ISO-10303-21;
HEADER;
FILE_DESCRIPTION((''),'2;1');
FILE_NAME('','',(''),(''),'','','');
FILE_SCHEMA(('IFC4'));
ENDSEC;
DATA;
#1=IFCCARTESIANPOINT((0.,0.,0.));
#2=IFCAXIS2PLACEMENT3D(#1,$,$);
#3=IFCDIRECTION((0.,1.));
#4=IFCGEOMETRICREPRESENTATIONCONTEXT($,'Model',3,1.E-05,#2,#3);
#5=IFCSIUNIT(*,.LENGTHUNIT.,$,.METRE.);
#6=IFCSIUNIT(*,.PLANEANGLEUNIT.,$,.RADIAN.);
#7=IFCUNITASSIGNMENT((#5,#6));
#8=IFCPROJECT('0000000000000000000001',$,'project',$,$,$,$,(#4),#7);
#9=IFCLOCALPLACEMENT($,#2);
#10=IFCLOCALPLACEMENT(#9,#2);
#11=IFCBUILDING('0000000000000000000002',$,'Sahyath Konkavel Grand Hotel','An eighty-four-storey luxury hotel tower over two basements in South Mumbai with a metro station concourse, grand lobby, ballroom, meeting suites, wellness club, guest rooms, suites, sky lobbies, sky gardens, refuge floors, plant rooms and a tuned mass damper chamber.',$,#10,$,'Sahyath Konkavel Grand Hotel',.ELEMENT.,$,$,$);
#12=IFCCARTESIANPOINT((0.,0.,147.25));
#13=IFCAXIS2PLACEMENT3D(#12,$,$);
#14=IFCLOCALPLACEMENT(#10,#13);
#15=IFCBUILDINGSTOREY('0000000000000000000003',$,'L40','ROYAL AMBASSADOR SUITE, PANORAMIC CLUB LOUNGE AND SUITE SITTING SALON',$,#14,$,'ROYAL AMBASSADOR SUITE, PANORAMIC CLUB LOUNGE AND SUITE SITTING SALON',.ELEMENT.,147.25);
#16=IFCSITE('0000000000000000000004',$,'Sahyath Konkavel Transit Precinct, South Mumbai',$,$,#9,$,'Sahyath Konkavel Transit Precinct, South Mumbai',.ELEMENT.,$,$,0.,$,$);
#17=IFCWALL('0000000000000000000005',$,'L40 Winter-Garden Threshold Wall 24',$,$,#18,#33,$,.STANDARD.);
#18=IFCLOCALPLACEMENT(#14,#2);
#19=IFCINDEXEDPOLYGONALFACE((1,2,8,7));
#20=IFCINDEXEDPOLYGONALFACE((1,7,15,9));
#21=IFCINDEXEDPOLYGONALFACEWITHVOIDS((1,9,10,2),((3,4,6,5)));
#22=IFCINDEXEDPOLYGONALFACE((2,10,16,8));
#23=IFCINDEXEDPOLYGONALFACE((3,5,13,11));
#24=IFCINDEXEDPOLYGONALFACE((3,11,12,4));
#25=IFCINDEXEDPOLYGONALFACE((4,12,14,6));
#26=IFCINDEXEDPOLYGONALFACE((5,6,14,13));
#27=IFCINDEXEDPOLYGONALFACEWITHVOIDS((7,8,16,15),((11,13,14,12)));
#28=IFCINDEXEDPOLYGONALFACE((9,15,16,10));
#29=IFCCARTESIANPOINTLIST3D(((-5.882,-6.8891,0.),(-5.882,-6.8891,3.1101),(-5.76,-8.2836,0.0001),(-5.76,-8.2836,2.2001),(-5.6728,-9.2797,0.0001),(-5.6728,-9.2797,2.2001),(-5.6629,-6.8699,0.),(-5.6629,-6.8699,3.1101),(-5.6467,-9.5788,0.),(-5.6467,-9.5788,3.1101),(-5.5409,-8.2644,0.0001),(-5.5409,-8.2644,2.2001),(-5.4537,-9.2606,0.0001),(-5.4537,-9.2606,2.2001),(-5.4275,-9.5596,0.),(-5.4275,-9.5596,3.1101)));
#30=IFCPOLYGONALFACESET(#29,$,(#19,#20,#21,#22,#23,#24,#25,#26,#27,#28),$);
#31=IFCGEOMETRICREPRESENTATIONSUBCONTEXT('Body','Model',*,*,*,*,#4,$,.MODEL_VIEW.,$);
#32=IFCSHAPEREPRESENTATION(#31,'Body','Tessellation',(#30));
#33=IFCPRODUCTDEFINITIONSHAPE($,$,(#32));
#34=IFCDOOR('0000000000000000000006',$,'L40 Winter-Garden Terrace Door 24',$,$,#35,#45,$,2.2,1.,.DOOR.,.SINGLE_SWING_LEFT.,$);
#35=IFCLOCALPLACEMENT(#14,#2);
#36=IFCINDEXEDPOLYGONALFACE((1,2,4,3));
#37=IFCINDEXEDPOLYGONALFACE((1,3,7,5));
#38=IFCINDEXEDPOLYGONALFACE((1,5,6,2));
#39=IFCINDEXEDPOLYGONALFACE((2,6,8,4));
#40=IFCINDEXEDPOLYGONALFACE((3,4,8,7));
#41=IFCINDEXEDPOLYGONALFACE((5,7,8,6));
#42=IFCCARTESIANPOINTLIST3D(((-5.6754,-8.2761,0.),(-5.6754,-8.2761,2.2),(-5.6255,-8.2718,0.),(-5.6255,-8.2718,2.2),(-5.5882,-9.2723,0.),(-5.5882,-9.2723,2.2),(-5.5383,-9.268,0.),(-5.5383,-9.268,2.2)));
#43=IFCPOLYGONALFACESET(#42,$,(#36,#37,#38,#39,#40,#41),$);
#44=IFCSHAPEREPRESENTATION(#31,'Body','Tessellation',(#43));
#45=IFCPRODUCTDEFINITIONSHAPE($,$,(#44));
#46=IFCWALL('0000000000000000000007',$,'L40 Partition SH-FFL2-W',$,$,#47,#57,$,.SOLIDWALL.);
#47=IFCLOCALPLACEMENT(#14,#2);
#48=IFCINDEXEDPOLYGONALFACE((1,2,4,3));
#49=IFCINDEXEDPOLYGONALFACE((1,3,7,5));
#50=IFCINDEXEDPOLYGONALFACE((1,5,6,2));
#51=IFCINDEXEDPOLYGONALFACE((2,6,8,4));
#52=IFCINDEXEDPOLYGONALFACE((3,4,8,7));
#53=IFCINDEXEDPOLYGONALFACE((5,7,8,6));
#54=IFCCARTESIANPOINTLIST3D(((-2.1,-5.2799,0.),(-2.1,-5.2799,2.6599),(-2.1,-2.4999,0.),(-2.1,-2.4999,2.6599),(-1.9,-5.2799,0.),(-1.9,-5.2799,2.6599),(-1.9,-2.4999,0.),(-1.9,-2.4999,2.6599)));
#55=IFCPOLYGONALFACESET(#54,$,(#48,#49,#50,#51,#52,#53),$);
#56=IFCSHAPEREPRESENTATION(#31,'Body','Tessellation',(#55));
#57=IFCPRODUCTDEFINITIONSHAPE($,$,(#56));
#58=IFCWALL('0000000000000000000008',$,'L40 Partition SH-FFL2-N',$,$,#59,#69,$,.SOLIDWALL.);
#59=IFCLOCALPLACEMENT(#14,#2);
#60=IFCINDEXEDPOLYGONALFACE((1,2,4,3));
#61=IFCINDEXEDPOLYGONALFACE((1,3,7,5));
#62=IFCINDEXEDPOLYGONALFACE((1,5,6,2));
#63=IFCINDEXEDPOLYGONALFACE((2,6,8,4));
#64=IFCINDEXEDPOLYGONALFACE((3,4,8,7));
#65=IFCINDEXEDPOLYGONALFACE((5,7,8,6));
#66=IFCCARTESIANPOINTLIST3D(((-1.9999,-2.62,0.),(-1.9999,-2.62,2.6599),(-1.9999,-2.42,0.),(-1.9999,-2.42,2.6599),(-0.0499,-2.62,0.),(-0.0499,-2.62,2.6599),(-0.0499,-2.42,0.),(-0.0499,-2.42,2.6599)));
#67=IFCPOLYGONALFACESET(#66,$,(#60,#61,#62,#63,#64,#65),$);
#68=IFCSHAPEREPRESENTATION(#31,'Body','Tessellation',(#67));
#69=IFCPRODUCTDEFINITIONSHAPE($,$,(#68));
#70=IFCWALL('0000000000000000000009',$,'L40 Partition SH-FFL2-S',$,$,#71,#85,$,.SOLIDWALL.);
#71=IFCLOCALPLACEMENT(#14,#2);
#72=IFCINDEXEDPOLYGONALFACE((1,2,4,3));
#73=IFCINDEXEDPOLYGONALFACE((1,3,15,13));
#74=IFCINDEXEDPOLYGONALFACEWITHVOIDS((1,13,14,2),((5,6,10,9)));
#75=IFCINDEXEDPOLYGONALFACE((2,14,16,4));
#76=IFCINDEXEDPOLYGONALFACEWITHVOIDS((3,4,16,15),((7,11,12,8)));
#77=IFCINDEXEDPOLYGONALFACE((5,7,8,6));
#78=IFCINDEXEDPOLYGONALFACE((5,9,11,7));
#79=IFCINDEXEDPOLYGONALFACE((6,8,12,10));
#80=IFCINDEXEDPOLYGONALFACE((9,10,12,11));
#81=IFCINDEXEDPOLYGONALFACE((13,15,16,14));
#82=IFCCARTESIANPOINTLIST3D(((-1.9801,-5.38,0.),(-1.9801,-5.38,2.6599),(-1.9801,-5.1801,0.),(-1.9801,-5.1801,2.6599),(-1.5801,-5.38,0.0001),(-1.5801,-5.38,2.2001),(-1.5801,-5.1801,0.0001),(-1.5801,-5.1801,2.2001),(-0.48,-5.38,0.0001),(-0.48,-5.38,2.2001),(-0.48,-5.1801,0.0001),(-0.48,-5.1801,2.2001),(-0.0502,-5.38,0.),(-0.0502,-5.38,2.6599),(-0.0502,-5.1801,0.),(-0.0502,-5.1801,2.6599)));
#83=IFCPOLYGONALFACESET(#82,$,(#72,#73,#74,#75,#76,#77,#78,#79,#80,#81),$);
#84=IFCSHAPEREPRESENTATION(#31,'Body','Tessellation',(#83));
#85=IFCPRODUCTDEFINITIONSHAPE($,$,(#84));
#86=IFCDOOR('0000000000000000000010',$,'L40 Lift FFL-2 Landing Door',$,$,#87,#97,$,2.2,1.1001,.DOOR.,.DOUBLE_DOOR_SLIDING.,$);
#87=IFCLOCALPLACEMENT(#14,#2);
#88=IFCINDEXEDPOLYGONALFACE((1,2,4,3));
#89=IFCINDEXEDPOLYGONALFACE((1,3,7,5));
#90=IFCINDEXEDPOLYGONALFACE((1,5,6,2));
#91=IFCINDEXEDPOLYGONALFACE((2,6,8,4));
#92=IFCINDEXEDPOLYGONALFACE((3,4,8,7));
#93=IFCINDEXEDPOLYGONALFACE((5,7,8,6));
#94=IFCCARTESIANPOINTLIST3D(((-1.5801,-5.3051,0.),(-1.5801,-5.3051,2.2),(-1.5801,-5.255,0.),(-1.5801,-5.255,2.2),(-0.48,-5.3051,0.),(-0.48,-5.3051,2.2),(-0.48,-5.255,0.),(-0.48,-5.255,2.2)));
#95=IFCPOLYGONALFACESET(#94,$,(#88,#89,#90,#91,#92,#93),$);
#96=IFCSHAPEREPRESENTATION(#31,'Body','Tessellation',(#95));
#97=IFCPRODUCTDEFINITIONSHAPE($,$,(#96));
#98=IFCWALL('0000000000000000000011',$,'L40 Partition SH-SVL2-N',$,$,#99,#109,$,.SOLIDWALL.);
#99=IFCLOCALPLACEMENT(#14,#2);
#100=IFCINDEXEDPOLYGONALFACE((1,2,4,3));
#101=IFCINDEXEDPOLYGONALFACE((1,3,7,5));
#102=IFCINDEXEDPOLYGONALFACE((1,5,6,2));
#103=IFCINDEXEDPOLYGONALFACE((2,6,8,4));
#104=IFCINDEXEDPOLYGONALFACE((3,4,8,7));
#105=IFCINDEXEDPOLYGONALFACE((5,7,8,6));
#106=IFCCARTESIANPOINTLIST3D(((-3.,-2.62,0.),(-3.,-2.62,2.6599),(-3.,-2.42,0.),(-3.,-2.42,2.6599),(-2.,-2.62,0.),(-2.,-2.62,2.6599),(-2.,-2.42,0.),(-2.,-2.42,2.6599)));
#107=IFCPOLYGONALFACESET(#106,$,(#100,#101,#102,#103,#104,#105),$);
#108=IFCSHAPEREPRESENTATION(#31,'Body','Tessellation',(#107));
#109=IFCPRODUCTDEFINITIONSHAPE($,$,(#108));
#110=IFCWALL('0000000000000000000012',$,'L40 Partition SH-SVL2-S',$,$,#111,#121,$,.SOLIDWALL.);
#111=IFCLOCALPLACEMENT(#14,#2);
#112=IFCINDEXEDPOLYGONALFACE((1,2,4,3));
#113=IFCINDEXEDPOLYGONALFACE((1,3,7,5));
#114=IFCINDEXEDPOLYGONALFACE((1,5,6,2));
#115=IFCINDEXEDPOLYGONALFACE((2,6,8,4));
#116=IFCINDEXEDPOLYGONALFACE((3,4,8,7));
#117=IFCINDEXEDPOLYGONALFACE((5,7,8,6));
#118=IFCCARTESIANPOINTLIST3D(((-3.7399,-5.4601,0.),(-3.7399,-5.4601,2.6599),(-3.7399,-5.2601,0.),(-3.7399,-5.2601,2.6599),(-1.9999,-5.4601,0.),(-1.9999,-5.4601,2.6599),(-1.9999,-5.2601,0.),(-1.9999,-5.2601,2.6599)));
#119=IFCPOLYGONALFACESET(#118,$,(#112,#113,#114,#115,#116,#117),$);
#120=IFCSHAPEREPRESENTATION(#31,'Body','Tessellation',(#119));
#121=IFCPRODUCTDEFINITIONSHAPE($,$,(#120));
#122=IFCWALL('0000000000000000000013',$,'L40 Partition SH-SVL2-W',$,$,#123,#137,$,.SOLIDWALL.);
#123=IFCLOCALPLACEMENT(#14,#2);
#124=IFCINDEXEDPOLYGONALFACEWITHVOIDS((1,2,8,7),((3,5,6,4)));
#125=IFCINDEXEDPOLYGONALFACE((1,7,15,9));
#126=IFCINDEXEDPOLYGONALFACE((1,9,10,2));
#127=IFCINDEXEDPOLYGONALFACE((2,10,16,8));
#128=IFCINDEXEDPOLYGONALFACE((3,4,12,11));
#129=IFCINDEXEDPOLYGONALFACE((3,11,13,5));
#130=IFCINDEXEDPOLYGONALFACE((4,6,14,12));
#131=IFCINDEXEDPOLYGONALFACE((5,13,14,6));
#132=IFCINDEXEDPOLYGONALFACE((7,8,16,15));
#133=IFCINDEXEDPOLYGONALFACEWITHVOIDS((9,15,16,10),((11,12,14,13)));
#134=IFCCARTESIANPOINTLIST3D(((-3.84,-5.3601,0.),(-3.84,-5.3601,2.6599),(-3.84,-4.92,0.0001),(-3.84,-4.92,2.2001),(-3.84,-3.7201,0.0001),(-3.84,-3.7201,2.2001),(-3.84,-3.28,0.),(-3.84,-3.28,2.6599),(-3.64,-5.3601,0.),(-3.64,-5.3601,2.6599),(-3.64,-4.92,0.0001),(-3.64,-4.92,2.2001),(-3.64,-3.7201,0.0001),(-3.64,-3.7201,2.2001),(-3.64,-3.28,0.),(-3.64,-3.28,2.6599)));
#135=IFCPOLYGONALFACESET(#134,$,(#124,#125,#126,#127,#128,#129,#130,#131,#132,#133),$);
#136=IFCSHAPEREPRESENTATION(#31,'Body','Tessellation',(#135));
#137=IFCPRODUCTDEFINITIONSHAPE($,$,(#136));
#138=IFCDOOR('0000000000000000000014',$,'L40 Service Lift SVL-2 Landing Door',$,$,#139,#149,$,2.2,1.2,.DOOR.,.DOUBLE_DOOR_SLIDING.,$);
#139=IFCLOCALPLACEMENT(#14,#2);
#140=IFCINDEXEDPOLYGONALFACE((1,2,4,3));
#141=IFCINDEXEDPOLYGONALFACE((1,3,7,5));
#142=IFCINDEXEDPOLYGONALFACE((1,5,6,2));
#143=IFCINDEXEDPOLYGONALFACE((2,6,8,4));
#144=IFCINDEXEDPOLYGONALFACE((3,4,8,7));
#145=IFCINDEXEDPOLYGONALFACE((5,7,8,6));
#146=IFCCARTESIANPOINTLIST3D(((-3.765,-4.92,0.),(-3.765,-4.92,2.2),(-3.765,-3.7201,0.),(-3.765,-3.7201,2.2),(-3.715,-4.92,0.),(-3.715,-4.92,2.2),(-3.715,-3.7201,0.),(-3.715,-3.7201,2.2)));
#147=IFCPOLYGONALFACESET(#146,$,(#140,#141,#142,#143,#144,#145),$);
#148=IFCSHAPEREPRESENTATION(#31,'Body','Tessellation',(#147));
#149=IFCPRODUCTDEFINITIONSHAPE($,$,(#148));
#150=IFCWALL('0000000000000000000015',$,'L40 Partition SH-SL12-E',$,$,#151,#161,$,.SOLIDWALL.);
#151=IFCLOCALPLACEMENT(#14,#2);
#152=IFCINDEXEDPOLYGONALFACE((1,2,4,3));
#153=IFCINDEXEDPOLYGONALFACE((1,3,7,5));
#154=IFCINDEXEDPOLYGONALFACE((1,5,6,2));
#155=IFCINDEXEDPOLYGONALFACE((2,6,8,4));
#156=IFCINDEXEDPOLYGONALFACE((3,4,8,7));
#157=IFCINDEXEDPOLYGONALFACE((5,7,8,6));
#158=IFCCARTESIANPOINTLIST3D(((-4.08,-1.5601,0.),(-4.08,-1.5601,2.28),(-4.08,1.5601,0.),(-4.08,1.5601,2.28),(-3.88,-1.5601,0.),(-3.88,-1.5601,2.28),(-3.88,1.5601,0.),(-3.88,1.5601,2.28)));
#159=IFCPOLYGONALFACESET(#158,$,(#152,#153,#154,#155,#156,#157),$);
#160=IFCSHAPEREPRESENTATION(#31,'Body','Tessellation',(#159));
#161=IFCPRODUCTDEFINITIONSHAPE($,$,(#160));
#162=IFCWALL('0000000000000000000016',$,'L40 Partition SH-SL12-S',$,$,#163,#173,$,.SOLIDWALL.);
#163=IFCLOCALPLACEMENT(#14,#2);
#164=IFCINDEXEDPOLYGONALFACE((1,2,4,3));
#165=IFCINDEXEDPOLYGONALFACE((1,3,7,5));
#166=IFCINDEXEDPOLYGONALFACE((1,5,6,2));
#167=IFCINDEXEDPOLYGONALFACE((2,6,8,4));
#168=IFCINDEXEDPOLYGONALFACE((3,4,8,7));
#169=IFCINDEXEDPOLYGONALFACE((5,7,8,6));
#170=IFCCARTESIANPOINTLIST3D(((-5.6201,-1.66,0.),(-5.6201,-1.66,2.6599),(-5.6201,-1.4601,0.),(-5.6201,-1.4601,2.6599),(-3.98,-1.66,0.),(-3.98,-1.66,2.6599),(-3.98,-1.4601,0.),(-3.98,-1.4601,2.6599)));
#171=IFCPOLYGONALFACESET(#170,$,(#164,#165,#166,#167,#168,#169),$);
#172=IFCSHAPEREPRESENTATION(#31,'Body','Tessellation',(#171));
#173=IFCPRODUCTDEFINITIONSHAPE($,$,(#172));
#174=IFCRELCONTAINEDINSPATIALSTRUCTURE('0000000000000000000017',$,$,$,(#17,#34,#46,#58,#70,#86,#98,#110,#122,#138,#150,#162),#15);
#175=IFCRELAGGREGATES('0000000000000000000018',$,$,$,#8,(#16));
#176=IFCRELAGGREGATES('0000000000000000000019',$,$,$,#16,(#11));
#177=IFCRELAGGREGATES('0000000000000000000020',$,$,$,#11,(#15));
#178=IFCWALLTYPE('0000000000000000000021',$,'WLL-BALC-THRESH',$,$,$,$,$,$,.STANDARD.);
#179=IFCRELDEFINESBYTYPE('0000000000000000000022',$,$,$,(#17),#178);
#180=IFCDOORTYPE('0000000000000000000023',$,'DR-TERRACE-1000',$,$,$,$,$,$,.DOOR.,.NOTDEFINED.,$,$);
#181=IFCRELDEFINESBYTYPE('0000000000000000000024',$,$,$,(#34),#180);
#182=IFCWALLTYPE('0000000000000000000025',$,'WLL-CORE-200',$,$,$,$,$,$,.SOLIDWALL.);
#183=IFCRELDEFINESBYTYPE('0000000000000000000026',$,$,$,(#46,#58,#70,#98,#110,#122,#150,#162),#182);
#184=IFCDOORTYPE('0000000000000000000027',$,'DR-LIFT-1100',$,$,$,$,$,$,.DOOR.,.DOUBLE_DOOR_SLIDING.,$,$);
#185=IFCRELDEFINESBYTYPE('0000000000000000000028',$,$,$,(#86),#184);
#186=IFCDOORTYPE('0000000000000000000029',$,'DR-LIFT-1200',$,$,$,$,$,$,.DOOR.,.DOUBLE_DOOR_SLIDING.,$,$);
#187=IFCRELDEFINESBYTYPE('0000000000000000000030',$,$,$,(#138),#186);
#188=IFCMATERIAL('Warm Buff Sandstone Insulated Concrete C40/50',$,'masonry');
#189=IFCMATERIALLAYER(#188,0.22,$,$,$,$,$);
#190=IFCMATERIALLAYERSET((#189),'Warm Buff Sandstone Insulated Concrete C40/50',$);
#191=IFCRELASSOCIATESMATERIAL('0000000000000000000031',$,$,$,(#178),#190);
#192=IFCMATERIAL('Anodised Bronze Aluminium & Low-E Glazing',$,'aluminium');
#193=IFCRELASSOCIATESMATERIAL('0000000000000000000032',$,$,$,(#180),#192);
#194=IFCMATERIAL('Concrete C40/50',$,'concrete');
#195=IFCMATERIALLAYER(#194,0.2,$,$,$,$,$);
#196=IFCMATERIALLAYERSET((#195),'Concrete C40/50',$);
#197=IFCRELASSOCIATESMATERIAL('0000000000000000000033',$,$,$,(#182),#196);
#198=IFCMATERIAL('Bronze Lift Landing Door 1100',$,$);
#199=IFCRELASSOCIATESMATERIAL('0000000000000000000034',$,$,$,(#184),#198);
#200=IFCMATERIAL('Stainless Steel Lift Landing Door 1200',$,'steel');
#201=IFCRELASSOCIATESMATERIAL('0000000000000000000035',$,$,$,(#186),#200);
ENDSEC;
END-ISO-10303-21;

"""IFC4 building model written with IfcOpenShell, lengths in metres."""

from ifc_helpers import new_model, si_unit, direction, frame, frame_2d, origin, origin_2d, place, context, subcontext, project, spatial, rectangle, extrude, source, transform, mapped, material, layer, layer_set, type_object, element, fill, save


model = new_model("IFC4")

# Units and contexts
model_context = context("Model", 3, precision=1e-05, world=origin(), true_north=direction((0.0, 1.0)))
body_context = subcontext(model_context, "Body", "Model", "MODEL_VIEW")
ifc_project = project(units=[si_unit("LENGTHUNIT", "METRE"), si_unit("PLANEANGLEUNIT", "RADIAN")], contexts=[model_context])

# Site, building, storey
site_placement = place(None, origin())
site = spatial("IfcSite", under=ifc_project, at=site_placement, Name="Sahyath Konkavel Transit Precinct, South Mumbai", LongName="Sahyath Konkavel Transit Precinct, South Mumbai", CompositionType="ELEMENT", RefElevation=0.0)
building_placement = place(site_placement, origin())
building = spatial("IfcBuilding", under=site, at=building_placement, Name="Sahyath Konkavel Grand Hotel", Description="An eighty-four-storey luxury hotel tower over two basements in South Mumbai with a metro station concourse, grand lobby, ballroom, meeting suites, wellness club, guest rooms, suites, sky lobbies, sky gardens, refuge floors, plant rooms and a tuned mass damper chamber.", LongName="Sahyath Konkavel Grand Hotel", CompositionType="ELEMENT")
storey_placement = place(building_placement, frame((0.0, 0.0, 147.25)))
storey = spatial("IfcBuildingStorey", under=building, at=storey_placement, Name="L40", Description="ROYAL AMBASSADOR SUITE, PANORAMIC CLUB LOUNGE AND SUITE SITTING SALON", LongName="ROYAL AMBASSADOR SUITE, PANORAMIC CLUB LOUNGE AND SUITE SITTING SALON", CompositionType="ELEMENT", Elevation=147.25)

# Shared definitions
ifc_material_1 = material(Name="Anodised Bronze Aluminium & Low-E Glazing", Category="aluminium")

# Wall, opening, door
ifc_material_2 = material(Name="Warm Buff Sandstone Insulated Concrete C40/50", Category="masonry")
ifc_layer_1 = layer(ifc_material_2, 0.22)
ifc_layer_set_1 = layer_set([ifc_layer_1], Name="Warm Buff Sandstone Insulated Concrete C40/50")
wall_type_1 = type_object("IfcWallType", Name="WLL-BALC-THRESH", PredefinedType="STANDARD", material=ifc_layer_set_1)
wall_1_placement = place(storey_placement, frame((-5.7725, -6.8794, 0.0), z_axis=(0.0, 0.0, 1.0), x_axis=(0.087168, -0.996194, 0.0)))
wall_1 = element("IfcWall", 1, at=wall_1_placement, inside=storey, type_object=wall_type_1, Name="L40 Winter-Garden Threshold Wall 24", PredefinedType="STANDARD", context=body_context, shape_type="SweptSolid", body=[
    extrude(rectangle(XDim=2.7, YDim=0.22, at=frame_2d((1.3501, 0.0))), origin(), (0.0, 0.0, 1.0), 3.1101),
])
opening_1_placement = place(wall_1_placement, frame((1.3999, 0.0, 0.0)))
opening_1 = element("IfcOpeningElement", 2, at=opening_1_placement, cuts=wall_1, PredefinedType="OPENING", context=body_context, shape_type="SweptSolid", body=[
    extrude(rectangle(XDim=1.0, YDim=2.2, at=frame_2d((0.5, 1.1001))), frame((0.0, 0.1201, 0.0), z_axis=(0.0, -1.0, 0.0), x_axis=(1.0, 0.0, 0.0)), (0.0, 0.0, 1.0), 0.24),
])
door_type_1 = type_object("IfcDoorType", Name="DR-TERRACE-1000", OperationType="NOTDEFINED", PredefinedType="DOOR", material=ifc_material_1)
shared_shape_1 = source(origin(), body_context, "Body", "SweptSolid", [
    extrude(rectangle(XDim=1.0, YDim=0.05, at=origin_2d()), origin(), (0.0, 0.0, 1.0), 2.2),
])
door_1_placement = place(opening_1_placement, frame((0.5, 0.0, 0.0)))
door_1 = element("IfcDoor", 3, at=door_1_placement, inside=storey, type_object=door_type_1, Name="L40 Winter-Garden Terrace Door 24", OperationType="SINGLE_SWING_LEFT", OverallHeight=2.2, OverallWidth=1.0, PredefinedType="DOOR", context=body_context, shape_type="MappedRepresentation", body=[
    mapped(shared_shape_1, transform((0.0, 0.0, 0.0), scale=1.0)),
])
fill(opening_1, door_1)

# Walls
ifc_material_3 = material(Name="Concrete C40/50", Category="concrete")
ifc_layer_2 = layer(ifc_material_3, 0.2)
ifc_layer_set_2 = layer_set([ifc_layer_2], Name="Concrete C40/50")
wall_type_2 = type_object("IfcWallType", Name="WLL-CORE-200", PredefinedType="SOLIDWALL", material=ifc_layer_set_2)
wall_2_placement = place(storey_placement, frame((-2.0, -5.28, 0.0), z_axis=(0.0, 0.0, 1.0), x_axis=(0.0, 1.0, 0.0)))
element("IfcWall", 4, at=wall_2_placement, inside=storey, type_object=wall_type_2, Name="L40 Partition SH-FFL2-W", PredefinedType="SOLIDWALL", context=body_context, shape_type="SweptSolid", body=[
    extrude(rectangle(XDim=2.78, YDim=0.2, at=frame_2d((1.3901, 0.0))), origin(), (0.0, 0.0, 1.0), 2.6599),
])
wall_3_placement = place(storey_placement, frame((-2.0, -2.52, 0.0), z_axis=(0.0, 0.0, 1.0), x_axis=(1.0, 0.0, 0.0)))
element("IfcWall", 5, at=wall_3_placement, inside=storey, type_object=wall_type_2, Name="L40 Partition SH-FFL2-N", PredefinedType="SOLIDWALL", context=body_context, shape_type="SweptSolid", body=[
    extrude(rectangle(XDim=1.95, YDim=0.2, at=frame_2d((0.9751, 0.0))), origin(), (0.0, 0.0, 1.0), 2.6599),
])

# Wall, opening, door
wall_4_placement = place(storey_placement, frame((-1.98, -5.28, 0.0), z_axis=(0.0, 0.0, 1.0), x_axis=(1.0, 0.0, 0.0)))
wall_4 = element("IfcWall", 6, at=wall_4_placement, inside=storey, type_object=wall_type_2, Name="L40 Partition SH-FFL2-S", PredefinedType="SOLIDWALL", context=body_context, shape_type="SweptSolid", body=[
    extrude(rectangle(XDim=1.9299, YDim=0.2, at=frame_2d((0.9648, 0.0))), origin(), (0.0, 0.0, 1.0), 2.6599),
])
opening_2_placement = place(wall_4_placement, frame((0.3999, 0.0, 0.0)))
opening_2 = element("IfcOpeningElement", 7, at=opening_2_placement, cuts=wall_4, PredefinedType="OPENING", context=body_context, shape_type="SweptSolid", body=[
    extrude(rectangle(XDim=1.1001, YDim=2.2, at=frame_2d((0.55, 1.1001))), frame((0.0, 0.1099, 0.0), z_axis=(0.0, -1.0, 0.0), x_axis=(1.0, 0.0, 0.0)), (0.0, 0.0, 1.0), 0.22),
])
ifc_material_4 = material(Name="Bronze Lift Landing Door 1100")
door_type_2 = type_object("IfcDoorType", Name="DR-LIFT-1100", OperationType="DOUBLE_DOOR_SLIDING", PredefinedType="DOOR", material=ifc_material_4)
shared_shape_2 = source(origin(), body_context, "Body", "SweptSolid", [
    extrude(rectangle(XDim=1.1001, YDim=0.05, at=origin_2d()), origin(), (0.0, 0.0, 1.0), 2.2),
])
door_2_placement = place(opening_2_placement, frame((0.55, 0.0, 0.0)))
door_2 = element("IfcDoor", 8, at=door_2_placement, inside=storey, type_object=door_type_2, Name="L40 Lift FFL-2 Landing Door", OperationType="DOUBLE_DOOR_SLIDING", OverallHeight=2.2, OverallWidth=1.1001, PredefinedType="DOOR", context=body_context, shape_type="MappedRepresentation", body=[
    mapped(shared_shape_2, transform((0.0, 0.0, 0.0), scale=1.0)),
])
fill(opening_2, door_2)

# Walls
wall_5_placement = place(storey_placement, frame((-3.0, -2.52, 0.0), z_axis=(0.0, 0.0, 1.0), x_axis=(1.0, 0.0, 0.0)))
element("IfcWall", 9, at=wall_5_placement, inside=storey, type_object=wall_type_2, Name="L40 Partition SH-SVL2-N", PredefinedType="SOLIDWALL", context=body_context, shape_type="SweptSolid", body=[
    extrude(rectangle(XDim=1.0, YDim=0.2, at=frame_2d((0.5, 0.0))), origin(), (0.0, 0.0, 1.0), 2.6599),
])
wall_6_placement = place(storey_placement, frame((-3.74, -5.3601, 0.0), z_axis=(0.0, 0.0, 1.0), x_axis=(1.0, 0.0, 0.0)))
element("IfcWall", 10, at=wall_6_placement, inside=storey, type_object=wall_type_2, Name="L40 Partition SH-SVL2-S", PredefinedType="SOLIDWALL", context=body_context, shape_type="SweptSolid", body=[
    extrude(rectangle(XDim=1.74, YDim=0.2, at=frame_2d((0.8701, 0.0))), origin(), (0.0, 0.0, 1.0), 2.6599),
])

# Wall, opening, door
wall_7_placement = place(storey_placement, frame((-3.74, -5.3601, 0.0), z_axis=(0.0, 0.0, 1.0), x_axis=(0.0, 1.0, 0.0)))
wall_7 = element("IfcWall", 11, at=wall_7_placement, inside=storey, type_object=wall_type_2, Name="L40 Partition SH-SVL2-W", PredefinedType="SOLIDWALL", context=body_context, shape_type="SweptSolid", body=[
    extrude(rectangle(XDim=2.0801, YDim=0.2, at=frame_2d((1.04, 0.0))), origin(), (0.0, 0.0, 1.0), 2.6599),
])
opening_3_placement = place(wall_7_placement, frame((0.4399, 0.0, 0.0)))
opening_3 = element("IfcOpeningElement", 12, at=opening_3_placement, cuts=wall_7, PredefinedType="OPENING", context=body_context, shape_type="SweptSolid", body=[
    extrude(rectangle(XDim=1.2, YDim=2.2, at=frame_2d((0.6001, 1.1001))), frame((0.0, 0.1099, 0.0), z_axis=(0.0, -1.0, 0.0), x_axis=(1.0, 0.0, 0.0)), (0.0, 0.0, 1.0), 0.22),
])
ifc_material_5 = material(Name="Stainless Steel Lift Landing Door 1200", Category="steel")
door_type_3 = type_object("IfcDoorType", Name="DR-LIFT-1200", OperationType="DOUBLE_DOOR_SLIDING", PredefinedType="DOOR", material=ifc_material_5)
shared_shape_3 = source(origin(), body_context, "Body", "SweptSolid", [
    extrude(rectangle(XDim=1.2, YDim=0.05, at=origin_2d()), origin(), (0.0, 0.0, 1.0), 2.2),
])
door_3_placement = place(opening_3_placement, frame((0.6001, 0.0, 0.0)))
door_3 = element("IfcDoor", 13, at=door_3_placement, inside=storey, type_object=door_type_3, Name="L40 Service Lift SVL-2 Landing Door", OperationType="DOUBLE_DOOR_SLIDING", OverallHeight=2.2, OverallWidth=1.2, PredefinedType="DOOR", context=body_context, shape_type="MappedRepresentation", body=[
    mapped(shared_shape_3, transform((0.0, 0.0, 0.0), scale=1.0)),
])
fill(opening_3, door_3)

# Walls
wall_8_placement = place(storey_placement, frame((-3.98, -1.5601, 0.0), z_axis=(0.0, 0.0, 1.0), x_axis=(0.0, 1.0, 0.0)))
element("IfcWall", 14, at=wall_8_placement, inside=storey, type_object=wall_type_2, Name="L40 Partition SH-SL12-E", PredefinedType="SOLIDWALL", context=body_context, shape_type="SweptSolid", body=[
    extrude(rectangle(XDim=3.1201, YDim=0.2, at=frame_2d((1.5601, 0.0))), origin(), (0.0, 0.0, 1.0), 2.28),
])
wall_9_placement = place(storey_placement, frame((-5.6201, -1.5601, 0.0), z_axis=(0.0, 0.0, 1.0), x_axis=(1.0, 0.0, 0.0)))
element("IfcWall", 15, at=wall_9_placement, inside=storey, type_object=wall_type_2, Name="L40 Partition SH-SL12-S", PredefinedType="SOLIDWALL", context=body_context, shape_type="SweptSolid", body=[
    extrude(rectangle(XDim=1.6401, YDim=0.2, at=frame_2d((0.8201, 0.0))), origin(), (0.0, 0.0, 1.0), 2.6599),
])

save(model, "model.ifc")
